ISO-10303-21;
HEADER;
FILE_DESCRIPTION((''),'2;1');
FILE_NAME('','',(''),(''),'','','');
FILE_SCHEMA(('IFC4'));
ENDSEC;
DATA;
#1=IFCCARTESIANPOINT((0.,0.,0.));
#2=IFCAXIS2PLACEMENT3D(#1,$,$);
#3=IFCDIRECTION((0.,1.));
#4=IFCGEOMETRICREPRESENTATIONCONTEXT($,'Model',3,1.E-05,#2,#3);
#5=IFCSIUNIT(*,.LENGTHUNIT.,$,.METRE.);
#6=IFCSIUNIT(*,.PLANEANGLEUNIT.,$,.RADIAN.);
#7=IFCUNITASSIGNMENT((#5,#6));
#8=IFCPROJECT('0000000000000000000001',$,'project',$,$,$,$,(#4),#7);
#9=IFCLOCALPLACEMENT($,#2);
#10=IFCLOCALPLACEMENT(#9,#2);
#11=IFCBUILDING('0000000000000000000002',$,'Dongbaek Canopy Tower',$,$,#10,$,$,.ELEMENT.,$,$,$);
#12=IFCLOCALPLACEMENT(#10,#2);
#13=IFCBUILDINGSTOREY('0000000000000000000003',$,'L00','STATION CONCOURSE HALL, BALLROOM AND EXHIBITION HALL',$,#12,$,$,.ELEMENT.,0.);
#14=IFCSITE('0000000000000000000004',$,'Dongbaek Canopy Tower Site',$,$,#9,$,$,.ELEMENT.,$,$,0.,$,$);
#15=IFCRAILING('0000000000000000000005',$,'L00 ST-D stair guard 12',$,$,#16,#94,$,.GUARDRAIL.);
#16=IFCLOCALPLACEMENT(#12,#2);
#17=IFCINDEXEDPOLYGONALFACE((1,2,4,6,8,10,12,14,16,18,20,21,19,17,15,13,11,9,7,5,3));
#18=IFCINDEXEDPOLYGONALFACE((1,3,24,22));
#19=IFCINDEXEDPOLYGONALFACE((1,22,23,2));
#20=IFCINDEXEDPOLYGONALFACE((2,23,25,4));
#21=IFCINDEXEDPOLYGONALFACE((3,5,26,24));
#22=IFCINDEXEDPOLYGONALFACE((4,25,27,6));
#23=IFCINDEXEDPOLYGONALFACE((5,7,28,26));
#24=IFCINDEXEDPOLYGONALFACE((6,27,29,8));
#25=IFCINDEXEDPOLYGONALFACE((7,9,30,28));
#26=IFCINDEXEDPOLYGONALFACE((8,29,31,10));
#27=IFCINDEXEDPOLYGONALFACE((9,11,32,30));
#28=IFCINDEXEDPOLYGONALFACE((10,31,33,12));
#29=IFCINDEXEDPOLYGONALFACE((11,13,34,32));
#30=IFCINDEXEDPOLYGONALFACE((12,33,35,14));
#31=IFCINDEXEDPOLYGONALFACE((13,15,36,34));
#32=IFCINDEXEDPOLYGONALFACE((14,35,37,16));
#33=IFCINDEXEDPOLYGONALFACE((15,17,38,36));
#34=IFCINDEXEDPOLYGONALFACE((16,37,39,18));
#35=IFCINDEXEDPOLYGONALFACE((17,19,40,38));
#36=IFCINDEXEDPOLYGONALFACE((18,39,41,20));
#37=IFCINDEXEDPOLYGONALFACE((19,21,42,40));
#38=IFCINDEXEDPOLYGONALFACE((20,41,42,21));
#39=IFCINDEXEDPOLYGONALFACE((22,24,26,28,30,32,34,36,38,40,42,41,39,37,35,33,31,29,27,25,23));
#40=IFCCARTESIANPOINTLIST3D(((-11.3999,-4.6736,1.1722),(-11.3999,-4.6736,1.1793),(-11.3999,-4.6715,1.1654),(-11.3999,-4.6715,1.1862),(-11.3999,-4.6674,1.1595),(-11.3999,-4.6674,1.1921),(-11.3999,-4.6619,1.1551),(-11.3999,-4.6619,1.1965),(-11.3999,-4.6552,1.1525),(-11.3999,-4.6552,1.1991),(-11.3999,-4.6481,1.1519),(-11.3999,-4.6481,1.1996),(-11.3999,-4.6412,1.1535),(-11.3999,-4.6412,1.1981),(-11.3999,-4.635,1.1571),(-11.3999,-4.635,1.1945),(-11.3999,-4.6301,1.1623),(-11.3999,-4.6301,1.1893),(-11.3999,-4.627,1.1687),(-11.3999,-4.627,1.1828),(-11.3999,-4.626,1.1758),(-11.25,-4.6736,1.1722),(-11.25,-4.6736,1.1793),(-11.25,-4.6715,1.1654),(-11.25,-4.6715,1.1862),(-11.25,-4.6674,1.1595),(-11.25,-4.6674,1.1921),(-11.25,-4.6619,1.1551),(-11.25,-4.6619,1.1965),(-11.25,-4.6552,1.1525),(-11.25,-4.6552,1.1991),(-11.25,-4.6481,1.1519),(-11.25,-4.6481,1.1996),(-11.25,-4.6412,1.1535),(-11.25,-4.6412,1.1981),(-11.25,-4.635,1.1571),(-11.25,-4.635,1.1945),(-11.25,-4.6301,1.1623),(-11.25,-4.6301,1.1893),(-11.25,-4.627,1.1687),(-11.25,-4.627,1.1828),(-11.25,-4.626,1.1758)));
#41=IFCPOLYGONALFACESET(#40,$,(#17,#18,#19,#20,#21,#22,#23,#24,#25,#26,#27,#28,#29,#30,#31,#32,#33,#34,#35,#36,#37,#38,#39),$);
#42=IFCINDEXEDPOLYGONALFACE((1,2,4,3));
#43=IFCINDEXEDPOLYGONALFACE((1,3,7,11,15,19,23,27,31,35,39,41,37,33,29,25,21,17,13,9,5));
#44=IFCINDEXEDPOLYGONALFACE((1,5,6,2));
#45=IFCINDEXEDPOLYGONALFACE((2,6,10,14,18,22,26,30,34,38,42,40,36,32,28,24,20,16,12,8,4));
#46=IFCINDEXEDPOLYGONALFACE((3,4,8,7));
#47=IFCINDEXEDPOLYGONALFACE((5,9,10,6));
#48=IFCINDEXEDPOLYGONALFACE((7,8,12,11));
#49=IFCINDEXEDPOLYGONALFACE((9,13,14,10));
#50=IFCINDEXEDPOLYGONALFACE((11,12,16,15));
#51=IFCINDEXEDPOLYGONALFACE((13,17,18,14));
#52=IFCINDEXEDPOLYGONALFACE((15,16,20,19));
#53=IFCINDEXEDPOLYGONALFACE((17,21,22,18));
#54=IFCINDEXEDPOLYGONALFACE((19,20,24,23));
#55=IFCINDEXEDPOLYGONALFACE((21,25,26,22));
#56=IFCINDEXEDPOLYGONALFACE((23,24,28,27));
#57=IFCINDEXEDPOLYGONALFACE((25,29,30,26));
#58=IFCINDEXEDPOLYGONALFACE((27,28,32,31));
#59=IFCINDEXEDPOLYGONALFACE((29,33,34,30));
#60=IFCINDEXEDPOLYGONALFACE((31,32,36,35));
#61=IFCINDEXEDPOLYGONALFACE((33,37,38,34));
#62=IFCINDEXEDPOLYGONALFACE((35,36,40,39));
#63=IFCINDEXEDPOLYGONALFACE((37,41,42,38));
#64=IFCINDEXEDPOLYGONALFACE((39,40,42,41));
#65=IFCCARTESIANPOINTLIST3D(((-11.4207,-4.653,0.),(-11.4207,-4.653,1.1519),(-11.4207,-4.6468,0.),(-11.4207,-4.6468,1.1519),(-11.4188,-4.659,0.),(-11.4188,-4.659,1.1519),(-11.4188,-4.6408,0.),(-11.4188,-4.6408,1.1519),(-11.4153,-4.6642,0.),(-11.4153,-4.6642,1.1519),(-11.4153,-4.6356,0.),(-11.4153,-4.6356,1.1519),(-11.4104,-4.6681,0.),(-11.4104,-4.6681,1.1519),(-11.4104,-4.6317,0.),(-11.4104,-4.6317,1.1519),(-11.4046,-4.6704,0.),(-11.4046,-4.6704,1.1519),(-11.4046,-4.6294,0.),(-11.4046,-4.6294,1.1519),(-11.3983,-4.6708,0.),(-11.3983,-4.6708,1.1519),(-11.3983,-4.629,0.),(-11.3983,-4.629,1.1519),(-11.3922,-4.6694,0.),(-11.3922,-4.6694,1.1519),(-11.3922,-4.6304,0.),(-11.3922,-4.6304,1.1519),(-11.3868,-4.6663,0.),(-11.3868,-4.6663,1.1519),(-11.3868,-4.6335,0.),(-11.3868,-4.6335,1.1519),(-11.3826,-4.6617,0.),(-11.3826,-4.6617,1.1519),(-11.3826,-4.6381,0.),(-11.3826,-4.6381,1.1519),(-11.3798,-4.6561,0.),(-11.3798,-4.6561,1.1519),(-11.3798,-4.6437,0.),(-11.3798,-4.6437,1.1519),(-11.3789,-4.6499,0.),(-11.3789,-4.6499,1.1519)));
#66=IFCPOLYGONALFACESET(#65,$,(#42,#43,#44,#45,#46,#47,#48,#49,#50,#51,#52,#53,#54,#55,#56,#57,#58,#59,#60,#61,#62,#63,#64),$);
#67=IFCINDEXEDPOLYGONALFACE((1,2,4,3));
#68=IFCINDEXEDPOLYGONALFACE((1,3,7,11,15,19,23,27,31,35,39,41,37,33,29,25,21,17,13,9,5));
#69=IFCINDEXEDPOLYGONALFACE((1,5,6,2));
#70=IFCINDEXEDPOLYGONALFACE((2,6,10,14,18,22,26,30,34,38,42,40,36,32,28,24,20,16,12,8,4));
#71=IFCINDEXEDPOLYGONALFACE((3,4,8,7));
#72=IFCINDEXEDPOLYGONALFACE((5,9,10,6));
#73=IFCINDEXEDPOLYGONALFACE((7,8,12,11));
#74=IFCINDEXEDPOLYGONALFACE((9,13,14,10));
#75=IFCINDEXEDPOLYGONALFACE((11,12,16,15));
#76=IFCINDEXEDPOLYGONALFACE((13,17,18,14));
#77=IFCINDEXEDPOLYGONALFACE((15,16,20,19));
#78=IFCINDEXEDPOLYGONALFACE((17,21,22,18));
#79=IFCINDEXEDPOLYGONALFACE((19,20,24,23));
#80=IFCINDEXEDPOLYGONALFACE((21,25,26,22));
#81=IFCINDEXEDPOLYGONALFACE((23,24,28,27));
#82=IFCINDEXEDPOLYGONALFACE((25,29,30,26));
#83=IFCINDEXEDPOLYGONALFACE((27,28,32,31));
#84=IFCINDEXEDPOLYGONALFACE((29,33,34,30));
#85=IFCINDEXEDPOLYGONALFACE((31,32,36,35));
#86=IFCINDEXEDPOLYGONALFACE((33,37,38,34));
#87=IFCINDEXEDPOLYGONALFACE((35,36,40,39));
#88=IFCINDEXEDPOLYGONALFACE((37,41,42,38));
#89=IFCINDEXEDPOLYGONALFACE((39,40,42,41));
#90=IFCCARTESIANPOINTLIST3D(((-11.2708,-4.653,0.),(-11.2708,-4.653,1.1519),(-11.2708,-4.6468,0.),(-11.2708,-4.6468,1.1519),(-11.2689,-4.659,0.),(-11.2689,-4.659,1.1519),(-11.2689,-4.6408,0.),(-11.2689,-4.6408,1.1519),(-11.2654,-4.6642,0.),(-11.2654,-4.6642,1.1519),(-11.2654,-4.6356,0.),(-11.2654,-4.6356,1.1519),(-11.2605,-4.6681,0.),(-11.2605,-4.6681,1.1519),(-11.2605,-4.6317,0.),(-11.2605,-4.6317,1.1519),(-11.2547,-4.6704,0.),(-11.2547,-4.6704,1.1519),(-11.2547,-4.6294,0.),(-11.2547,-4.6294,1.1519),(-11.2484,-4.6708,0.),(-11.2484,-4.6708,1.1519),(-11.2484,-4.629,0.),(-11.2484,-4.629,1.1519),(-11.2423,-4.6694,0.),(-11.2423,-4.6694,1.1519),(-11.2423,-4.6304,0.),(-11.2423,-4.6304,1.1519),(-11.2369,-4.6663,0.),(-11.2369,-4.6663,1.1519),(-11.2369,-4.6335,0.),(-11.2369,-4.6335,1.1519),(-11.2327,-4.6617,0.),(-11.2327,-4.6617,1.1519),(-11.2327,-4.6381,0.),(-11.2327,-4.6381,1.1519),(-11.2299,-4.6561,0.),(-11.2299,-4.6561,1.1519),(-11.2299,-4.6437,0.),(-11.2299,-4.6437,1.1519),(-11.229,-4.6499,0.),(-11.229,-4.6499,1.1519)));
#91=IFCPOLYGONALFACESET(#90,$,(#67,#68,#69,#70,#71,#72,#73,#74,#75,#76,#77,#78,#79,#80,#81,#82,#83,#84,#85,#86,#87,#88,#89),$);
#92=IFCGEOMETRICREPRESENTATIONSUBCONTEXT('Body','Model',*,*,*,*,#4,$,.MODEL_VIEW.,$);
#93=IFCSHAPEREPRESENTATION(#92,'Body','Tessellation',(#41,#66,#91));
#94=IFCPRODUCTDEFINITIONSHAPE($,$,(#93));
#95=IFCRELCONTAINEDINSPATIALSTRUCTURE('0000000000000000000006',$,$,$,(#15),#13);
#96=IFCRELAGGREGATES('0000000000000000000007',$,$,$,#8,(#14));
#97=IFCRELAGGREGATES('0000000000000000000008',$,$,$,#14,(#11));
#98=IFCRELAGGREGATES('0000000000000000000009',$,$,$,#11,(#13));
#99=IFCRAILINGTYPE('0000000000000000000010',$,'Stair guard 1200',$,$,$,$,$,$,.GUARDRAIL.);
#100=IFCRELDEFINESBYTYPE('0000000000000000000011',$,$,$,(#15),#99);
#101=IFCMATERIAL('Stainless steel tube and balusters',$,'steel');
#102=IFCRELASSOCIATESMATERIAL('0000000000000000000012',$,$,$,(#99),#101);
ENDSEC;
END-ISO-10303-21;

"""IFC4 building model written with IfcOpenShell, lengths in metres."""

from ifc_helpers import new_model, si_unit, direction, frame, origin, origin_2d, place, context, subcontext, project, spatial, circle, extrude, material, type_object, element, save


model = new_model("IFC4")

# Units and contexts
model_context = context("Model", 3, precision=1e-05, world=origin(), true_north=direction((0.0, 1.0)))
body_context = subcontext(model_context, "Body", "Model", "MODEL_VIEW")
ifc_project = project(units=[si_unit("LENGTHUNIT", "METRE"), si_unit("PLANEANGLEUNIT", "RADIAN")], contexts=[model_context])

# Site, building, storey
site_placement = place(None, origin())
site = spatial("IfcSite", under=ifc_project, at=site_placement, Name="Dongbaek Canopy Tower Site", CompositionType="ELEMENT", RefElevation=0.0)
building_placement = place(site_placement, origin())
building = spatial("IfcBuilding", under=site, at=building_placement, Name="Dongbaek Canopy Tower", CompositionType="ELEMENT")
storey_placement = place(building_placement, origin())
storey = spatial("IfcBuildingStorey", under=building, at=storey_placement, Name="L00", Description="STATION CONCOURSE HALL, BALLROOM AND EXHIBITION HALL", CompositionType="ELEMENT", Elevation=0.0)

# Railing
ifc_material_1 = material(Name="Stainless steel tube and balusters", Category="steel")
railing_type_1 = type_object("IfcRailingType", Name="Stair guard 1200", PredefinedType="GUARDRAIL", material=ifc_material_1)
railing_1_placement = place(storey_placement, frame((-11.3999, -4.6499, 0.0)))
element("IfcRailing", 1, at=railing_1_placement, inside=storey, type_object=railing_type_1, Name="L00 ST-D stair guard 12", PredefinedType="GUARDRAIL", context=body_context, shape_type="SweptSolid", body=[
    extrude(circle(Radius=0.0239, at=origin_2d()), frame((0.0, 0.0, 1.1758), z_axis=(1.0, 0.0, 0.0), x_axis=(0.0, 1.0, 0.0)), (0.0, 0.0, 1.0), 0.1499),
    extrude(circle(Radius=0.021, at=origin_2d()), origin(), (0.0, 0.0, 1.0), 1.1519),
    extrude(circle(Radius=0.021, at=origin_2d()), frame((0.1499, 0.0, 0.0)), (0.0, 0.0, 1.0), 1.1519),
])

save(model, "model.ifc")
